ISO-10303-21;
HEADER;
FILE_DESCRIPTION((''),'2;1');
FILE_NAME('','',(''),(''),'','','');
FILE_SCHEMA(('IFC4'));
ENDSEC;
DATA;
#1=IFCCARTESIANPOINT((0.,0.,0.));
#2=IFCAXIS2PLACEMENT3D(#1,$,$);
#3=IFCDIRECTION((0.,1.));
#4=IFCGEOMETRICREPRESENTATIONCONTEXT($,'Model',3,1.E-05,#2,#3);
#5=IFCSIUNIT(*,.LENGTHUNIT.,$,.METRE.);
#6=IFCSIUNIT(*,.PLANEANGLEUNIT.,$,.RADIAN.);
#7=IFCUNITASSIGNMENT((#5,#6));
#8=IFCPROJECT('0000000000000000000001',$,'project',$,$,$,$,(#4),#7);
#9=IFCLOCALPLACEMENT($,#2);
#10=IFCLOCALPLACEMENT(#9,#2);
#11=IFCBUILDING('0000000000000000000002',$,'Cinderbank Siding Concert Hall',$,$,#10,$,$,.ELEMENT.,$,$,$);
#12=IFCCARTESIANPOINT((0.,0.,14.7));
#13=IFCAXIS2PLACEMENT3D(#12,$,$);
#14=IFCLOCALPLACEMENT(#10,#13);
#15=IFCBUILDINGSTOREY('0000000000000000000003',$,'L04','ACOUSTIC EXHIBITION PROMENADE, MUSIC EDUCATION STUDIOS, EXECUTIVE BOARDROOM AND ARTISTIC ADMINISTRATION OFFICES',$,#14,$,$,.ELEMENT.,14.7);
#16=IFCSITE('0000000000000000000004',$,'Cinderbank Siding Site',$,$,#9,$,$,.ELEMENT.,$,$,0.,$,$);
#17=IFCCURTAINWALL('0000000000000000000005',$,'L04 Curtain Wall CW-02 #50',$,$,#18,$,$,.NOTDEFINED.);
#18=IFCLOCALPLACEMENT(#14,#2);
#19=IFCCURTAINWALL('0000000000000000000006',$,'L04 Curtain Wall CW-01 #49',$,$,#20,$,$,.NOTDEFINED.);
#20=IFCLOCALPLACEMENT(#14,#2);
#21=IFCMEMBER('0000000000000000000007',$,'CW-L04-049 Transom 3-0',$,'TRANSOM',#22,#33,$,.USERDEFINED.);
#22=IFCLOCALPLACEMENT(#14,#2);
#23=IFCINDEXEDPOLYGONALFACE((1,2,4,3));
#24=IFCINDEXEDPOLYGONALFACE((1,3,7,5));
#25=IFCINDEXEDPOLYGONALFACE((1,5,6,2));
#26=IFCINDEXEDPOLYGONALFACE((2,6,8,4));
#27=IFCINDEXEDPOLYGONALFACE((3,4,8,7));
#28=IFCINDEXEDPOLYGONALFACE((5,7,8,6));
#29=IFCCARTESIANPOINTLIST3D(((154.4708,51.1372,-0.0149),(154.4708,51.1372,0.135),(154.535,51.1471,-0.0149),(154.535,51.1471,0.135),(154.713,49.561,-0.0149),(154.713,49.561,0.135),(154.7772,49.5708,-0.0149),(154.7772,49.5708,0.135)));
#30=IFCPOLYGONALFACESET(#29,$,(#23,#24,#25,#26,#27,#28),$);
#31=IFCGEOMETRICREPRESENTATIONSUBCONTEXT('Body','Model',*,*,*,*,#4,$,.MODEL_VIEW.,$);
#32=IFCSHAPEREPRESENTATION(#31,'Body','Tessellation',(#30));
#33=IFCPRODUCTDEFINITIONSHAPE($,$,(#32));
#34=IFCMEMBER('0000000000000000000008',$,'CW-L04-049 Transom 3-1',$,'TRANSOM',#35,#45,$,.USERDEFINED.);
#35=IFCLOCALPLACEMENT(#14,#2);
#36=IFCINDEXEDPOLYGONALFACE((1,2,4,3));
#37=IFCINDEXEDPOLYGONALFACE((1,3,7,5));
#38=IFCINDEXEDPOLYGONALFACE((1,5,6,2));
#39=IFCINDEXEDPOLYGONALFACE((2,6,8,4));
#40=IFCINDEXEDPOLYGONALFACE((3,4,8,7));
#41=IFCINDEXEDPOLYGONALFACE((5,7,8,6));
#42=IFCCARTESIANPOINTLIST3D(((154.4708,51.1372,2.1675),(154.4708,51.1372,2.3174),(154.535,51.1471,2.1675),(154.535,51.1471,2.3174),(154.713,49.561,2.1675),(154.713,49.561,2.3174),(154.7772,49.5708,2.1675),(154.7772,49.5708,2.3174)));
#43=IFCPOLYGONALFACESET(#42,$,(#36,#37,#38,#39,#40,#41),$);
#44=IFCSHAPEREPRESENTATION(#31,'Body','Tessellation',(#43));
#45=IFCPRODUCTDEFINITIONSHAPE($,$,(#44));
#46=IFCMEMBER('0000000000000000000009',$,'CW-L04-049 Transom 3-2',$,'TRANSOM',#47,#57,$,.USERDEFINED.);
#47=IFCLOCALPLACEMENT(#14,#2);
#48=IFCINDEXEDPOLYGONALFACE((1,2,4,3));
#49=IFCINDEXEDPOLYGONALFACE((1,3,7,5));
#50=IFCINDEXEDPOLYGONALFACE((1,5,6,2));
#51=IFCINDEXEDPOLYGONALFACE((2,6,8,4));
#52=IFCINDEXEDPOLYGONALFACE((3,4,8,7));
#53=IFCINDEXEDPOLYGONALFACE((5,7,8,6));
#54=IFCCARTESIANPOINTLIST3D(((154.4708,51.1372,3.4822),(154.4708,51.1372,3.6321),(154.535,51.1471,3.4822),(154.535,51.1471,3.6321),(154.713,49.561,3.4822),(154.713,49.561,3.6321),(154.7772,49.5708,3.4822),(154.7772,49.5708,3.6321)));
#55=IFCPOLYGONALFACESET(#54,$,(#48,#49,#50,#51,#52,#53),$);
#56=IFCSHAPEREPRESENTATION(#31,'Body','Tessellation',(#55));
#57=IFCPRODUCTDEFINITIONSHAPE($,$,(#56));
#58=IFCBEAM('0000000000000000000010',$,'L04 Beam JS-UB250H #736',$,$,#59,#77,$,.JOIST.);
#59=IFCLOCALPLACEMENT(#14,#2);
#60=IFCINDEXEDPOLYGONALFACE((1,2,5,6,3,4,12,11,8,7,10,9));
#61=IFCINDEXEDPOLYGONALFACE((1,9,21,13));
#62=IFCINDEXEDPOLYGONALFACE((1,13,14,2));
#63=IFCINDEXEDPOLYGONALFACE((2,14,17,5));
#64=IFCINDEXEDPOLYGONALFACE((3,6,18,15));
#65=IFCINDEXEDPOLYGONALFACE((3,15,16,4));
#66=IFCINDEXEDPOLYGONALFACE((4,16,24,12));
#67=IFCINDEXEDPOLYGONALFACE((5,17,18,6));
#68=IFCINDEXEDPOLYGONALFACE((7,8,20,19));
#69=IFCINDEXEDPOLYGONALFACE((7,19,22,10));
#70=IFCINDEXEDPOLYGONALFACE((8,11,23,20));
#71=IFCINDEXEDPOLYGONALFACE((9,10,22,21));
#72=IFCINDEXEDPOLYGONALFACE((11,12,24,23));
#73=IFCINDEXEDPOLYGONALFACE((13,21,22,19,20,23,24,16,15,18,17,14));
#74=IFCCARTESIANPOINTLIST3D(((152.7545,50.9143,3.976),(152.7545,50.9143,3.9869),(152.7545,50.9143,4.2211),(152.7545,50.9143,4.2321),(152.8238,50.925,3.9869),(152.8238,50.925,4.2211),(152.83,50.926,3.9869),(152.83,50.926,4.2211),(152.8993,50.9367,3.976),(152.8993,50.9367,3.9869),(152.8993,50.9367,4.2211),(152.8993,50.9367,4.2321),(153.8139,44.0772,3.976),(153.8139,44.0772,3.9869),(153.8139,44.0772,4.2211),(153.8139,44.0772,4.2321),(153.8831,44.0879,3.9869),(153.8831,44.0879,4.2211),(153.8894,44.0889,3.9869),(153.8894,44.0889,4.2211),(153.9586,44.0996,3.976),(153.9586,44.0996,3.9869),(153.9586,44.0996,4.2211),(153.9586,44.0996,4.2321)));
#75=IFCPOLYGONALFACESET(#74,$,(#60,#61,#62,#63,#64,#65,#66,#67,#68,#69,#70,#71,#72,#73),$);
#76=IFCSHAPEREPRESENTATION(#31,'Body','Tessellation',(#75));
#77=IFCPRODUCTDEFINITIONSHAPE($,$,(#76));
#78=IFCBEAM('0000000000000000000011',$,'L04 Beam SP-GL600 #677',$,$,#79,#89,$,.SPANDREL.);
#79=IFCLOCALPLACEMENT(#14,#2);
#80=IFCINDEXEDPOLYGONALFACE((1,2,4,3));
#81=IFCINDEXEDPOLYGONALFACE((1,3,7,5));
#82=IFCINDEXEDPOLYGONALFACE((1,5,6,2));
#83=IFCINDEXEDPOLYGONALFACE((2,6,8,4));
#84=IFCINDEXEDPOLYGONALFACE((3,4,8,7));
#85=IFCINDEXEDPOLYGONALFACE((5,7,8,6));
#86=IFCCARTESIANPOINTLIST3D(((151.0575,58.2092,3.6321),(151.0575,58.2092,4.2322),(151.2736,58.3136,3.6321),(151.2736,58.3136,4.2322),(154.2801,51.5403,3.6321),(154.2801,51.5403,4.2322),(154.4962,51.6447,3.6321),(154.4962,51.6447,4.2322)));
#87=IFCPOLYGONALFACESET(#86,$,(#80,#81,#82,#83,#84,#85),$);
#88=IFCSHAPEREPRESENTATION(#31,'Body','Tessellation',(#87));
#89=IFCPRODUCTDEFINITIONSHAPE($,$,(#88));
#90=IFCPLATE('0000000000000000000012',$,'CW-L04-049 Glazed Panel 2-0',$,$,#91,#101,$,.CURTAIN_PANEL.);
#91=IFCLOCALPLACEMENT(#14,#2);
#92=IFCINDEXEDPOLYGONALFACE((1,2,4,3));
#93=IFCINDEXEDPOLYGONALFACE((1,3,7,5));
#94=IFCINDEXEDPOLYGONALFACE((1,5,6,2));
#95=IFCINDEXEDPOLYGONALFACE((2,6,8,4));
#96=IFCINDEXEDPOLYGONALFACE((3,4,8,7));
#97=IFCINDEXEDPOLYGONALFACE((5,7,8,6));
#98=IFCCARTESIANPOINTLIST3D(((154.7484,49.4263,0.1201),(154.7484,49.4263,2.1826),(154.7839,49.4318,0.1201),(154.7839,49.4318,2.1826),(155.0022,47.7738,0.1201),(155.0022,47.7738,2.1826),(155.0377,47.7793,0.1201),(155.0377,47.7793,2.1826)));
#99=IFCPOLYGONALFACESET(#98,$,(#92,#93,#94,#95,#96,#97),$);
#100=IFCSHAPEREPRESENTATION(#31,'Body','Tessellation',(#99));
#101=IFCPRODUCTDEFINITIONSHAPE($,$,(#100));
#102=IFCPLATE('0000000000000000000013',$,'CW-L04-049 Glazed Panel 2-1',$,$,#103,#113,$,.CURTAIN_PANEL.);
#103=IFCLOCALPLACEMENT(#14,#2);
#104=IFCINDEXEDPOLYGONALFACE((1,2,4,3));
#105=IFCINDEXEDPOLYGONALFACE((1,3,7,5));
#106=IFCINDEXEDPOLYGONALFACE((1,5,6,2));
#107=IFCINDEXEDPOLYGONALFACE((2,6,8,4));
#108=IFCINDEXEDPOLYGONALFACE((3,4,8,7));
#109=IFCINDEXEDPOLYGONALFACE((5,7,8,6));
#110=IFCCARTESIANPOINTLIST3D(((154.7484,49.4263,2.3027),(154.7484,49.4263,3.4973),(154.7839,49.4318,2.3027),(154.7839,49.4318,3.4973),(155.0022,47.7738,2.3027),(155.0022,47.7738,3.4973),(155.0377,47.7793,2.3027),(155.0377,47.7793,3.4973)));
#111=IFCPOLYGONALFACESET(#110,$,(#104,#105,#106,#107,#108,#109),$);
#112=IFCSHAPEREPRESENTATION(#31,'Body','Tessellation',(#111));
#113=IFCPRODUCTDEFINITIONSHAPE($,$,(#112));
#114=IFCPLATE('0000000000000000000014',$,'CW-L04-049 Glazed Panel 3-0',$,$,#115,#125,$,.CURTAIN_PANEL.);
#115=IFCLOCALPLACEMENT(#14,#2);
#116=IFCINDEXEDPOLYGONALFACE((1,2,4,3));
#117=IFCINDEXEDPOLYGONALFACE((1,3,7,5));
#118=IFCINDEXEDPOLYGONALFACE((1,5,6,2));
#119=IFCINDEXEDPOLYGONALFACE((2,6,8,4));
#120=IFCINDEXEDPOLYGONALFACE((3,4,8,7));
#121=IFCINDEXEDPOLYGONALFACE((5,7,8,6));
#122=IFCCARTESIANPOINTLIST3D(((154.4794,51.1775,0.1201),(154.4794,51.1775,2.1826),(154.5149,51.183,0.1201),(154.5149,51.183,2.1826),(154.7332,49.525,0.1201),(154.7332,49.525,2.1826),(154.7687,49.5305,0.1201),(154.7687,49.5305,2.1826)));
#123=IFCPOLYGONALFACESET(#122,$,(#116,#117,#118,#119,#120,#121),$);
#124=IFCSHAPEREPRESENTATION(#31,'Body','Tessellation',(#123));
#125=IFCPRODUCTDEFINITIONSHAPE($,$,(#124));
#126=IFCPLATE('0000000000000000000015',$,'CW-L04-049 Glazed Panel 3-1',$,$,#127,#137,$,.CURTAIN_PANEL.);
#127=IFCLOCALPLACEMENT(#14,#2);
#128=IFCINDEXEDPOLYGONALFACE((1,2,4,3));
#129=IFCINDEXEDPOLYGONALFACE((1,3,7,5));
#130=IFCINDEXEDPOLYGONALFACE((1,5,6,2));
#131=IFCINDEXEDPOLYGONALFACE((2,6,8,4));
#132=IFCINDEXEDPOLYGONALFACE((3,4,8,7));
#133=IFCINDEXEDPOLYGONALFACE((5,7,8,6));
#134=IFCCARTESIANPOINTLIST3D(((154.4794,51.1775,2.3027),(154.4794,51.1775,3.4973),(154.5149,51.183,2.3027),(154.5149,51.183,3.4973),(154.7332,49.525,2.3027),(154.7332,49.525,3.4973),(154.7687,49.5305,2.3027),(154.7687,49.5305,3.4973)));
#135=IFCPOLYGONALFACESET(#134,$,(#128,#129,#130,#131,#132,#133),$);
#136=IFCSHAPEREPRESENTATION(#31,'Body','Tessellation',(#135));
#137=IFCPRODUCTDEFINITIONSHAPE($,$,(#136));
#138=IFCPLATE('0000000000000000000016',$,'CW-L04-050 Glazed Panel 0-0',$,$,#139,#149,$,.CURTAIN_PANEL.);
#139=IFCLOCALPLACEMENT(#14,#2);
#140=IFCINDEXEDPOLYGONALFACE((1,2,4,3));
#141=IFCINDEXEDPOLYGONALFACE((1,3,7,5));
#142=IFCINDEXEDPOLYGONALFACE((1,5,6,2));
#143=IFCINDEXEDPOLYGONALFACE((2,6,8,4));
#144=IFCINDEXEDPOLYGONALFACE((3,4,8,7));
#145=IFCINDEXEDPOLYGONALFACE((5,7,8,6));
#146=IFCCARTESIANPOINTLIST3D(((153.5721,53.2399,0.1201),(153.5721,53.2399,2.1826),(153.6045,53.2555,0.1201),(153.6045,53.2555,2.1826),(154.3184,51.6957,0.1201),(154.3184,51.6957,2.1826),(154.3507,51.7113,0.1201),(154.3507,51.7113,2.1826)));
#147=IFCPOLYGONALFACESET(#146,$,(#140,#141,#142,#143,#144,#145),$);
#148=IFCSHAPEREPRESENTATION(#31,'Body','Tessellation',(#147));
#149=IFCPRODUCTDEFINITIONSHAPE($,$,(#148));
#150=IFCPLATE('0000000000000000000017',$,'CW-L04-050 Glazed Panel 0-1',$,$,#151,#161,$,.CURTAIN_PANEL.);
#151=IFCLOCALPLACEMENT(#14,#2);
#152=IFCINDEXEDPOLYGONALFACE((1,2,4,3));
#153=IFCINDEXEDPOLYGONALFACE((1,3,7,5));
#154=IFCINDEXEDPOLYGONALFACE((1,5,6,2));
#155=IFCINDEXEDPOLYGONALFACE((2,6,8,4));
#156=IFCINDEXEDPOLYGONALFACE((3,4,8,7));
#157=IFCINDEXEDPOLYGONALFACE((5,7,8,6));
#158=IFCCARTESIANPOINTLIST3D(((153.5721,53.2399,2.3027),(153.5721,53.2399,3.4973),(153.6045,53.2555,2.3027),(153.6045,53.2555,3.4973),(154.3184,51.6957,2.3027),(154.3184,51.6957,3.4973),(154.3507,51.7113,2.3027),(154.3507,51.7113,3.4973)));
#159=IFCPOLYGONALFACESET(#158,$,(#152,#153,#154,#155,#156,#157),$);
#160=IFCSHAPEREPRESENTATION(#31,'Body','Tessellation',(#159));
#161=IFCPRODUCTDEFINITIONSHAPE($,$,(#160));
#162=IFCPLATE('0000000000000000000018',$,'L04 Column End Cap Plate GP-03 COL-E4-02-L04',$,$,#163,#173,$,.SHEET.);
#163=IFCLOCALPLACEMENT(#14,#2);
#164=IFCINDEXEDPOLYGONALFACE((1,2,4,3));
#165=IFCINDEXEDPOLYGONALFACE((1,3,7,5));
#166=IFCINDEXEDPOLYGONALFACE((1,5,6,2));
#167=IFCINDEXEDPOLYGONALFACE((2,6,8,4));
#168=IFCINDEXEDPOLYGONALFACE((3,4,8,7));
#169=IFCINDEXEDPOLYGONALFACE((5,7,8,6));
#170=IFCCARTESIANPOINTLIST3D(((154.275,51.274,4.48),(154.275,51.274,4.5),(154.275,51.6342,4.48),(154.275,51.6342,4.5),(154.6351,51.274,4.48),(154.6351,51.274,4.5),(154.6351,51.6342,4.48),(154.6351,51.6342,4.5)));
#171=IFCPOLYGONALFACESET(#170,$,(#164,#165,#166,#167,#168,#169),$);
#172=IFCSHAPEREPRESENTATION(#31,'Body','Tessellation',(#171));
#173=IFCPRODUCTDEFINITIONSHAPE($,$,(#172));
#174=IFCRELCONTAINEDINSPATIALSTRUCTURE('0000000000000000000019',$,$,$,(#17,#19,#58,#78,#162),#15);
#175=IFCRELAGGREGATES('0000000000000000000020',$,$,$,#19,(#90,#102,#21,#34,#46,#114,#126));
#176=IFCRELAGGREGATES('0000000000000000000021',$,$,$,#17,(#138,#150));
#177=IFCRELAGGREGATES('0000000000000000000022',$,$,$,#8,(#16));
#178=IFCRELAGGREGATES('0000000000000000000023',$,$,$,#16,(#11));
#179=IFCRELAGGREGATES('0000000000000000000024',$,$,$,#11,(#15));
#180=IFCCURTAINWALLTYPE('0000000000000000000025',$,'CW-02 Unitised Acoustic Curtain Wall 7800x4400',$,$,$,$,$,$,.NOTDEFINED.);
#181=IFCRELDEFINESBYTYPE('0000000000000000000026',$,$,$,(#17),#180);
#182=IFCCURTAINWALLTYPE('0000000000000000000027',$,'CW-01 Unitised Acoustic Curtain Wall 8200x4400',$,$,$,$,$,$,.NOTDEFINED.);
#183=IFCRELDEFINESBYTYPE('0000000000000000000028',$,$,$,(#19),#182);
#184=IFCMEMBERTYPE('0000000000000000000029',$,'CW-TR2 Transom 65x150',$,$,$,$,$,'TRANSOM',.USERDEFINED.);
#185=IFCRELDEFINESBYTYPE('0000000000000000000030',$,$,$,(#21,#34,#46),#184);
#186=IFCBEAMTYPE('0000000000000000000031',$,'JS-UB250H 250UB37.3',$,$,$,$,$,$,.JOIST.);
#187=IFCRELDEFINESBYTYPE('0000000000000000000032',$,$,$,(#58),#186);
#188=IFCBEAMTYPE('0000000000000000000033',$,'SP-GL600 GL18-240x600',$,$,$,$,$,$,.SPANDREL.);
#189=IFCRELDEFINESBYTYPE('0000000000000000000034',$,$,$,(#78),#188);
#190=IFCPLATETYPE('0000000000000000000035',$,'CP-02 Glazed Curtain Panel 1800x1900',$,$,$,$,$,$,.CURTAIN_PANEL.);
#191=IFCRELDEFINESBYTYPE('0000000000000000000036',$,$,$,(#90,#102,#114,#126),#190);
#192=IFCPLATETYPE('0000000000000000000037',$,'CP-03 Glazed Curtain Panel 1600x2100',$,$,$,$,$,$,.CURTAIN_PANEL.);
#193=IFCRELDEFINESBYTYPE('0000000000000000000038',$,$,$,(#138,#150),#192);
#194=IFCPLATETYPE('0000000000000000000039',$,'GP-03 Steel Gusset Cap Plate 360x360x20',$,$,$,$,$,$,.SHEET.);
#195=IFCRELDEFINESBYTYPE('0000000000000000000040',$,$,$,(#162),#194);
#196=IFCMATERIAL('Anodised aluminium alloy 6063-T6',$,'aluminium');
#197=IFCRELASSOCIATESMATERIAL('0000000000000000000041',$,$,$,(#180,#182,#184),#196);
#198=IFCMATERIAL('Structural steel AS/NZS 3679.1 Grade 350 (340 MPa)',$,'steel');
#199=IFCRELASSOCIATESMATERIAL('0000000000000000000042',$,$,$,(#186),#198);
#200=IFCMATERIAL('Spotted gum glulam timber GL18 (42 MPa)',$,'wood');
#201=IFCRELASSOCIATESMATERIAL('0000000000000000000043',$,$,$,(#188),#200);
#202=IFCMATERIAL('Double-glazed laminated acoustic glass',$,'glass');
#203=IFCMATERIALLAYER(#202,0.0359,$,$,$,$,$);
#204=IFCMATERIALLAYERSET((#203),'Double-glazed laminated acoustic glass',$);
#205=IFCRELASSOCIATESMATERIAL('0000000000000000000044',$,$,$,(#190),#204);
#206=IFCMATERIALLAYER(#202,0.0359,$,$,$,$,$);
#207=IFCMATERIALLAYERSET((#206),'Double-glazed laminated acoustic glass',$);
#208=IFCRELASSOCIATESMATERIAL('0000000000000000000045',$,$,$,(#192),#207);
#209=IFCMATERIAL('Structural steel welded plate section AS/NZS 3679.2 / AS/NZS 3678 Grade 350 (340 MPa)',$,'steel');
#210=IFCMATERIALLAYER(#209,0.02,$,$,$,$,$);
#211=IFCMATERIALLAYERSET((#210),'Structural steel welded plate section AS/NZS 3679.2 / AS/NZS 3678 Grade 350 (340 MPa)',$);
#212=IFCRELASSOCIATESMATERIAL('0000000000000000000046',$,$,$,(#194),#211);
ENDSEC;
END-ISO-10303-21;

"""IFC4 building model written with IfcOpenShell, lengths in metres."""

from ifc_helpers import new_model, si_unit, direction, frame, origin, origin_2d, place, context, subcontext, project, spatial, rectangle, i_section, extrude, material, layer, layer_set, material_profile, profile_set, type_object, element, aggregate, save


model = new_model("IFC4")

# Units and contexts
model_context = context("Model", 3, precision=1e-05, world=origin(), true_north=direction((0.0, 1.0)))
body_context = subcontext(model_context, "Body", "Model", "MODEL_VIEW")
ifc_project = project(units=[si_unit("LENGTHUNIT", "METRE"), si_unit("PLANEANGLEUNIT", "RADIAN")], contexts=[model_context])

# Site, building, storey
site_placement = place(None, origin())
site = spatial("IfcSite", under=ifc_project, at=site_placement, Name="Cinderbank Siding Site", CompositionType="ELEMENT", RefElevation=0.0)
building_placement = place(site_placement, origin())
building = spatial("IfcBuilding", under=site, at=building_placement, Name="Cinderbank Siding Concert Hall", CompositionType="ELEMENT")
storey_placement = place(building_placement, frame((0.0, 0.0, 14.7)))
storey = spatial("IfcBuildingStorey", under=building, at=storey_placement, Name="L04", Description="ACOUSTIC EXHIBITION PROMENADE, MUSIC EDUCATION STUDIOS, EXECUTIVE BOARDROOM AND ARTISTIC ADMINISTRATION OFFICES", CompositionType="ELEMENT", Elevation=14.7)

# Curtain walls
ifc_material_1 = material(Name="Anodised aluminium alloy 6063-T6", Category="aluminium")
curtain_wall_type_1 = type_object("IfcCurtainWallType", Name="CW-02 Unitised Acoustic Curtain Wall 7800x4400", PredefinedType="NOTDEFINED", material=ifc_material_1)
curtain_wall_1_placement = place(storey_placement, origin())
curtain_wall_1 = element("IfcCurtainWall", 1, at=curtain_wall_1_placement, inside=storey, type_object=curtain_wall_type_1, Name="L04 Curtain Wall CW-02 #50", PredefinedType="NOTDEFINED")
curtain_wall_type_2 = type_object("IfcCurtainWallType", Name="CW-01 Unitised Acoustic Curtain Wall 8200x4400", PredefinedType="NOTDEFINED", material=ifc_material_1)
curtain_wall_2_placement = place(storey_placement, origin())
curtain_wall_2 = element("IfcCurtainWall", 2, at=curtain_wall_2_placement, inside=storey, type_object=curtain_wall_type_2, Name="L04 Curtain Wall CW-01 #49", PredefinedType="NOTDEFINED")

# Members
ifc_material_profile_1 = material_profile(ifc_material_1, rectangle(XDim=0.0649, YDim=0.1499, at=origin_2d()), Name="ALU-TRAN-65x150", Category="LoadBearing")
ifc_profile_set_1 = profile_set([ifc_material_profile_1], Name="Anodised aluminium alloy 6063-T6")
member_type_1 = type_object("IfcMemberType", Name="CW-TR2 Transom 65x150", ElementType="TRANSOM", PredefinedType="USERDEFINED", material=ifc_profile_set_1)
member_1_placement = place(storey_placement, frame((154.7451, 49.5659, 0.0601), z_axis=(-0.151873, 0.9884, 0.0), x_axis=(-0.9884, -0.151873, 0.0)))
member_1 = element("IfcMember", 3, at=member_1_placement, type_object=member_type_1, Name="CW-L04-049 Transom 3-0", ObjectType="TRANSOM", PredefinedType="USERDEFINED", context=body_context, shape_type="SweptSolid", body=[
    extrude(rectangle(XDim=0.0649, YDim=0.1499, at=origin_2d()), origin(), (0.0, 0.0, 1.0), 1.5947),
])
member_2_placement = place(storey_placement, frame((154.7451, 49.5659, 2.2424), z_axis=(-0.151873, 0.9884, 0.0), x_axis=(-0.9884, -0.151873, 0.0)))
member_2 = element("IfcMember", 4, at=member_2_placement, type_object=member_type_1, Name="CW-L04-049 Transom 3-1", ObjectType="TRANSOM", PredefinedType="USERDEFINED", context=body_context, shape_type="SweptSolid", body=[
    extrude(rectangle(XDim=0.0649, YDim=0.1499, at=origin_2d()), origin(), (0.0, 0.0, 1.0), 1.5947),
])
member_3_placement = place(storey_placement, frame((154.7451, 49.5659, 3.5571), z_axis=(-0.151873, 0.9884, 0.0), x_axis=(-0.9884, -0.151873, 0.0)))
member_3 = element("IfcMember", 5, at=member_3_placement, type_object=member_type_1, Name="CW-L04-049 Transom 3-2", ObjectType="TRANSOM", PredefinedType="USERDEFINED", context=body_context, shape_type="SweptSolid", body=[
    extrude(rectangle(XDim=0.0649, YDim=0.1499, at=origin_2d()), origin(), (0.0, 0.0, 1.0), 1.5947),
])

# Beams
ifc_material_2 = material(Name="Structural steel AS/NZS 3679.1 Grade 350 (340 MPa)", Category="steel")
ifc_material_profile_2 = material_profile(ifc_material_2, i_section(OverallWidth=0.1465, OverallDepth=0.2561, WebThickness=0.0063, FlangeThickness=0.011, at=origin_2d()), Name="250UB37.3", Category="LoadBearing")
ifc_profile_set_2 = profile_set([ifc_material_profile_2], Name="Structural steel AS/NZS 3679.1 Grade 350 (340 MPa)")
beam_type_1 = type_object("IfcBeamType", Name="JS-UB250H 250UB37.3", PredefinedType="JOIST", material=ifc_profile_set_2)
beam_1_placement = place(storey_placement, frame((153.8862, 44.0884, 4.104), z_axis=(-0.15311, 0.988209, 0.0), x_axis=(-0.988209, -0.15311, 0.0)))
element("IfcBeam", 6, at=beam_1_placement, inside=storey, type_object=beam_type_1, Name="L04 Beam JS-UB250H #736", PredefinedType="JOIST", context=body_context, shape_type="SweptSolid", body=[
    extrude(i_section(OverallWidth=0.1465, OverallDepth=0.2561, WebThickness=0.0063, FlangeThickness=0.011, at=origin_2d()), origin(), (0.0, 0.0, 1.0), 6.9187),
])
ifc_material_3 = material(Name="Spotted gum glulam timber GL18 (42 MPa)", Category="wood")
ifc_material_profile_3 = material_profile(ifc_material_3, rectangle(XDim=0.24, YDim=0.6001, at=origin_2d()), Name="GL18-240x600", Category="LoadBearing")
ifc_profile_set_3 = profile_set([ifc_material_profile_3], Name="Spotted gum glulam timber GL18 (42 MPa)")
beam_type_2 = type_object("IfcBeamType", Name="SP-GL600 GL18-240x600", PredefinedType="SPANDREL", material=ifc_profile_set_3)
beam_2_placement = place(storey_placement, frame((154.3882, 51.5925, 3.9321), z_axis=(-0.435096, 0.900384, 0.0), x_axis=(-0.900384, -0.435096, 0.0)))
element("IfcBeam", 7, at=beam_2_placement, inside=storey, type_object=beam_type_2, Name="L04 Beam SP-GL600 #677", PredefinedType="SPANDREL", context=body_context, shape_type="SweptSolid", body=[
    extrude(rectangle(XDim=0.24, YDim=0.6001, at=origin_2d()), origin(), (0.0, 0.0, 1.0), 7.4067),
])

# Plates
ifc_material_4 = material(Name="Double-glazed laminated acoustic glass", Category="glass")
ifc_layer_1 = layer(ifc_material_4, 0.0359)
ifc_layer_set_1 = layer_set([ifc_layer_1], Name="Double-glazed laminated acoustic glass")
plate_type_1 = type_object("IfcPlateType", Name="CP-02 Glazed Curtain Panel 1800x1900", PredefinedType="CURTAIN_PANEL", material=ifc_layer_set_1)
plate_1_placement = place(storey_placement, frame((154.8931, 48.6028, 0.1201), z_axis=(0.0, 0.0, 1.0), x_axis=(-0.151815, 0.988409, 0.0)))
plate_1 = element("IfcPlate", 8, at=plate_1_placement, type_object=plate_type_1, Name="CW-L04-049 Glazed Panel 2-0", PredefinedType="CURTAIN_PANEL", context=body_context, shape_type="SweptSolid", body=[
    extrude(rectangle(XDim=1.6719, YDim=0.0359, at=origin_2d()), origin(), (0.0, 0.0, 1.0), 2.0625),
])
plate_2_placement = place(storey_placement, frame((154.8931, 48.6028, 2.3027), z_axis=(0.0, 0.0, 1.0), x_axis=(-0.151815, 0.988409, 0.0)))
plate_2 = element("IfcPlate", 9, at=plate_2_placement, type_object=plate_type_1, Name="CW-L04-049 Glazed Panel 2-1", PredefinedType="CURTAIN_PANEL", context=body_context, shape_type="SweptSolid", body=[
    extrude(rectangle(XDim=1.6719, YDim=0.0359, at=origin_2d()), origin(), (0.0, 0.0, 1.0), 1.1946),
])
plate_3_placement = place(storey_placement, frame((154.624, 50.354, 0.1201), z_axis=(0.0, 0.0, 1.0), x_axis=(-0.151815, 0.988409, 0.0)))
plate_3 = element("IfcPlate", 10, at=plate_3_placement, type_object=plate_type_1, Name="CW-L04-049 Glazed Panel 3-0", PredefinedType="CURTAIN_PANEL", context=body_context, shape_type="SweptSolid", body=[
    extrude(rectangle(XDim=1.6719, YDim=0.0359, at=origin_2d()), origin(), (0.0, 0.0, 1.0), 2.0625),
])
plate_4_placement = place(storey_placement, frame((154.624, 50.354, 2.3027), z_axis=(0.0, 0.0, 1.0), x_axis=(-0.151815, 0.988409, 0.0)))
plate_4 = element("IfcPlate", 11, at=plate_4_placement, type_object=plate_type_1, Name="CW-L04-049 Glazed Panel 3-1", PredefinedType="CURTAIN_PANEL", context=body_context, shape_type="SweptSolid", body=[
    extrude(rectangle(XDim=1.6719, YDim=0.0359, at=origin_2d()), origin(), (0.0, 0.0, 1.0), 1.1946),
])
aggregate(curtain_wall_2, [plate_1, plate_2, member_1, member_2, member_3, plate_3, plate_4])
ifc_layer_2 = layer(ifc_material_4, 0.0359)
ifc_layer_set_2 = layer_set([ifc_layer_2], Name="Double-glazed laminated acoustic glass")
plate_type_2 = type_object("IfcPlateType", Name="CP-03 Glazed Curtain Panel 1600x2100", PredefinedType="CURTAIN_PANEL", material=ifc_layer_set_2)
plate_5_placement = place(storey_placement, frame((153.9614, 52.4756, 0.1201), z_axis=(0.0, 0.0, 1.0), x_axis=(-0.435102, 0.900381, 0.0)))
plate_5 = element("IfcPlate", 12, at=plate_5_placement, type_object=plate_type_2, Name="CW-L04-050 Glazed Panel 0-0", PredefinedType="CURTAIN_PANEL", context=body_context, shape_type="SweptSolid", body=[
    extrude(rectangle(XDim=1.7151, YDim=0.0359, at=origin_2d()), origin(), (0.0, 0.0, 1.0), 2.0625),
])
plate_6_placement = place(storey_placement, frame((153.9614, 52.4756, 2.3027), z_axis=(0.0, 0.0, 1.0), x_axis=(-0.435102, 0.900381, 0.0)))
plate_6 = element("IfcPlate", 13, at=plate_6_placement, type_object=plate_type_2, Name="CW-L04-050 Glazed Panel 0-1", PredefinedType="CURTAIN_PANEL", context=body_context, shape_type="SweptSolid", body=[
    extrude(rectangle(XDim=1.7151, YDim=0.0359, at=origin_2d()), origin(), (0.0, 0.0, 1.0), 1.1946),
])
aggregate(curtain_wall_1, [plate_5, plate_6])
ifc_material_5 = material(Name="Structural steel welded plate section AS/NZS 3679.2 / AS/NZS 3678 Grade 350 (340 MPa)", Category="steel")
ifc_layer_3 = layer(ifc_material_5, 0.02)
ifc_layer_set_3 = layer_set([ifc_layer_3], Name="Structural steel welded plate section AS/NZS 3679.2 / AS/NZS 3678 Grade 350 (340 MPa)")
plate_type_3 = type_object("IfcPlateType", Name="GP-03 Steel Gusset Cap Plate 360x360x20", PredefinedType="SHEET", material=ifc_layer_set_3)
plate_7_placement = place(storey_placement, frame((154.4551, 51.4541, 4.48), z_axis=(0.0, 0.0, 1.0), x_axis=(1.0, 0.0, 0.0)))
element("IfcPlate", 14, at=plate_7_placement, inside=storey, type_object=plate_type_3, Name="L04 Column End Cap Plate GP-03 COL-E4-02-L04", PredefinedType="SHEET", context=body_context, shape_type="SweptSolid", body=[
    extrude(rectangle(XDim=0.3601, YDim=0.3601, at=origin_2d()), origin(), (0.0, 0.0, 1.0), 0.02),
])

save(model, "model.ifc")
